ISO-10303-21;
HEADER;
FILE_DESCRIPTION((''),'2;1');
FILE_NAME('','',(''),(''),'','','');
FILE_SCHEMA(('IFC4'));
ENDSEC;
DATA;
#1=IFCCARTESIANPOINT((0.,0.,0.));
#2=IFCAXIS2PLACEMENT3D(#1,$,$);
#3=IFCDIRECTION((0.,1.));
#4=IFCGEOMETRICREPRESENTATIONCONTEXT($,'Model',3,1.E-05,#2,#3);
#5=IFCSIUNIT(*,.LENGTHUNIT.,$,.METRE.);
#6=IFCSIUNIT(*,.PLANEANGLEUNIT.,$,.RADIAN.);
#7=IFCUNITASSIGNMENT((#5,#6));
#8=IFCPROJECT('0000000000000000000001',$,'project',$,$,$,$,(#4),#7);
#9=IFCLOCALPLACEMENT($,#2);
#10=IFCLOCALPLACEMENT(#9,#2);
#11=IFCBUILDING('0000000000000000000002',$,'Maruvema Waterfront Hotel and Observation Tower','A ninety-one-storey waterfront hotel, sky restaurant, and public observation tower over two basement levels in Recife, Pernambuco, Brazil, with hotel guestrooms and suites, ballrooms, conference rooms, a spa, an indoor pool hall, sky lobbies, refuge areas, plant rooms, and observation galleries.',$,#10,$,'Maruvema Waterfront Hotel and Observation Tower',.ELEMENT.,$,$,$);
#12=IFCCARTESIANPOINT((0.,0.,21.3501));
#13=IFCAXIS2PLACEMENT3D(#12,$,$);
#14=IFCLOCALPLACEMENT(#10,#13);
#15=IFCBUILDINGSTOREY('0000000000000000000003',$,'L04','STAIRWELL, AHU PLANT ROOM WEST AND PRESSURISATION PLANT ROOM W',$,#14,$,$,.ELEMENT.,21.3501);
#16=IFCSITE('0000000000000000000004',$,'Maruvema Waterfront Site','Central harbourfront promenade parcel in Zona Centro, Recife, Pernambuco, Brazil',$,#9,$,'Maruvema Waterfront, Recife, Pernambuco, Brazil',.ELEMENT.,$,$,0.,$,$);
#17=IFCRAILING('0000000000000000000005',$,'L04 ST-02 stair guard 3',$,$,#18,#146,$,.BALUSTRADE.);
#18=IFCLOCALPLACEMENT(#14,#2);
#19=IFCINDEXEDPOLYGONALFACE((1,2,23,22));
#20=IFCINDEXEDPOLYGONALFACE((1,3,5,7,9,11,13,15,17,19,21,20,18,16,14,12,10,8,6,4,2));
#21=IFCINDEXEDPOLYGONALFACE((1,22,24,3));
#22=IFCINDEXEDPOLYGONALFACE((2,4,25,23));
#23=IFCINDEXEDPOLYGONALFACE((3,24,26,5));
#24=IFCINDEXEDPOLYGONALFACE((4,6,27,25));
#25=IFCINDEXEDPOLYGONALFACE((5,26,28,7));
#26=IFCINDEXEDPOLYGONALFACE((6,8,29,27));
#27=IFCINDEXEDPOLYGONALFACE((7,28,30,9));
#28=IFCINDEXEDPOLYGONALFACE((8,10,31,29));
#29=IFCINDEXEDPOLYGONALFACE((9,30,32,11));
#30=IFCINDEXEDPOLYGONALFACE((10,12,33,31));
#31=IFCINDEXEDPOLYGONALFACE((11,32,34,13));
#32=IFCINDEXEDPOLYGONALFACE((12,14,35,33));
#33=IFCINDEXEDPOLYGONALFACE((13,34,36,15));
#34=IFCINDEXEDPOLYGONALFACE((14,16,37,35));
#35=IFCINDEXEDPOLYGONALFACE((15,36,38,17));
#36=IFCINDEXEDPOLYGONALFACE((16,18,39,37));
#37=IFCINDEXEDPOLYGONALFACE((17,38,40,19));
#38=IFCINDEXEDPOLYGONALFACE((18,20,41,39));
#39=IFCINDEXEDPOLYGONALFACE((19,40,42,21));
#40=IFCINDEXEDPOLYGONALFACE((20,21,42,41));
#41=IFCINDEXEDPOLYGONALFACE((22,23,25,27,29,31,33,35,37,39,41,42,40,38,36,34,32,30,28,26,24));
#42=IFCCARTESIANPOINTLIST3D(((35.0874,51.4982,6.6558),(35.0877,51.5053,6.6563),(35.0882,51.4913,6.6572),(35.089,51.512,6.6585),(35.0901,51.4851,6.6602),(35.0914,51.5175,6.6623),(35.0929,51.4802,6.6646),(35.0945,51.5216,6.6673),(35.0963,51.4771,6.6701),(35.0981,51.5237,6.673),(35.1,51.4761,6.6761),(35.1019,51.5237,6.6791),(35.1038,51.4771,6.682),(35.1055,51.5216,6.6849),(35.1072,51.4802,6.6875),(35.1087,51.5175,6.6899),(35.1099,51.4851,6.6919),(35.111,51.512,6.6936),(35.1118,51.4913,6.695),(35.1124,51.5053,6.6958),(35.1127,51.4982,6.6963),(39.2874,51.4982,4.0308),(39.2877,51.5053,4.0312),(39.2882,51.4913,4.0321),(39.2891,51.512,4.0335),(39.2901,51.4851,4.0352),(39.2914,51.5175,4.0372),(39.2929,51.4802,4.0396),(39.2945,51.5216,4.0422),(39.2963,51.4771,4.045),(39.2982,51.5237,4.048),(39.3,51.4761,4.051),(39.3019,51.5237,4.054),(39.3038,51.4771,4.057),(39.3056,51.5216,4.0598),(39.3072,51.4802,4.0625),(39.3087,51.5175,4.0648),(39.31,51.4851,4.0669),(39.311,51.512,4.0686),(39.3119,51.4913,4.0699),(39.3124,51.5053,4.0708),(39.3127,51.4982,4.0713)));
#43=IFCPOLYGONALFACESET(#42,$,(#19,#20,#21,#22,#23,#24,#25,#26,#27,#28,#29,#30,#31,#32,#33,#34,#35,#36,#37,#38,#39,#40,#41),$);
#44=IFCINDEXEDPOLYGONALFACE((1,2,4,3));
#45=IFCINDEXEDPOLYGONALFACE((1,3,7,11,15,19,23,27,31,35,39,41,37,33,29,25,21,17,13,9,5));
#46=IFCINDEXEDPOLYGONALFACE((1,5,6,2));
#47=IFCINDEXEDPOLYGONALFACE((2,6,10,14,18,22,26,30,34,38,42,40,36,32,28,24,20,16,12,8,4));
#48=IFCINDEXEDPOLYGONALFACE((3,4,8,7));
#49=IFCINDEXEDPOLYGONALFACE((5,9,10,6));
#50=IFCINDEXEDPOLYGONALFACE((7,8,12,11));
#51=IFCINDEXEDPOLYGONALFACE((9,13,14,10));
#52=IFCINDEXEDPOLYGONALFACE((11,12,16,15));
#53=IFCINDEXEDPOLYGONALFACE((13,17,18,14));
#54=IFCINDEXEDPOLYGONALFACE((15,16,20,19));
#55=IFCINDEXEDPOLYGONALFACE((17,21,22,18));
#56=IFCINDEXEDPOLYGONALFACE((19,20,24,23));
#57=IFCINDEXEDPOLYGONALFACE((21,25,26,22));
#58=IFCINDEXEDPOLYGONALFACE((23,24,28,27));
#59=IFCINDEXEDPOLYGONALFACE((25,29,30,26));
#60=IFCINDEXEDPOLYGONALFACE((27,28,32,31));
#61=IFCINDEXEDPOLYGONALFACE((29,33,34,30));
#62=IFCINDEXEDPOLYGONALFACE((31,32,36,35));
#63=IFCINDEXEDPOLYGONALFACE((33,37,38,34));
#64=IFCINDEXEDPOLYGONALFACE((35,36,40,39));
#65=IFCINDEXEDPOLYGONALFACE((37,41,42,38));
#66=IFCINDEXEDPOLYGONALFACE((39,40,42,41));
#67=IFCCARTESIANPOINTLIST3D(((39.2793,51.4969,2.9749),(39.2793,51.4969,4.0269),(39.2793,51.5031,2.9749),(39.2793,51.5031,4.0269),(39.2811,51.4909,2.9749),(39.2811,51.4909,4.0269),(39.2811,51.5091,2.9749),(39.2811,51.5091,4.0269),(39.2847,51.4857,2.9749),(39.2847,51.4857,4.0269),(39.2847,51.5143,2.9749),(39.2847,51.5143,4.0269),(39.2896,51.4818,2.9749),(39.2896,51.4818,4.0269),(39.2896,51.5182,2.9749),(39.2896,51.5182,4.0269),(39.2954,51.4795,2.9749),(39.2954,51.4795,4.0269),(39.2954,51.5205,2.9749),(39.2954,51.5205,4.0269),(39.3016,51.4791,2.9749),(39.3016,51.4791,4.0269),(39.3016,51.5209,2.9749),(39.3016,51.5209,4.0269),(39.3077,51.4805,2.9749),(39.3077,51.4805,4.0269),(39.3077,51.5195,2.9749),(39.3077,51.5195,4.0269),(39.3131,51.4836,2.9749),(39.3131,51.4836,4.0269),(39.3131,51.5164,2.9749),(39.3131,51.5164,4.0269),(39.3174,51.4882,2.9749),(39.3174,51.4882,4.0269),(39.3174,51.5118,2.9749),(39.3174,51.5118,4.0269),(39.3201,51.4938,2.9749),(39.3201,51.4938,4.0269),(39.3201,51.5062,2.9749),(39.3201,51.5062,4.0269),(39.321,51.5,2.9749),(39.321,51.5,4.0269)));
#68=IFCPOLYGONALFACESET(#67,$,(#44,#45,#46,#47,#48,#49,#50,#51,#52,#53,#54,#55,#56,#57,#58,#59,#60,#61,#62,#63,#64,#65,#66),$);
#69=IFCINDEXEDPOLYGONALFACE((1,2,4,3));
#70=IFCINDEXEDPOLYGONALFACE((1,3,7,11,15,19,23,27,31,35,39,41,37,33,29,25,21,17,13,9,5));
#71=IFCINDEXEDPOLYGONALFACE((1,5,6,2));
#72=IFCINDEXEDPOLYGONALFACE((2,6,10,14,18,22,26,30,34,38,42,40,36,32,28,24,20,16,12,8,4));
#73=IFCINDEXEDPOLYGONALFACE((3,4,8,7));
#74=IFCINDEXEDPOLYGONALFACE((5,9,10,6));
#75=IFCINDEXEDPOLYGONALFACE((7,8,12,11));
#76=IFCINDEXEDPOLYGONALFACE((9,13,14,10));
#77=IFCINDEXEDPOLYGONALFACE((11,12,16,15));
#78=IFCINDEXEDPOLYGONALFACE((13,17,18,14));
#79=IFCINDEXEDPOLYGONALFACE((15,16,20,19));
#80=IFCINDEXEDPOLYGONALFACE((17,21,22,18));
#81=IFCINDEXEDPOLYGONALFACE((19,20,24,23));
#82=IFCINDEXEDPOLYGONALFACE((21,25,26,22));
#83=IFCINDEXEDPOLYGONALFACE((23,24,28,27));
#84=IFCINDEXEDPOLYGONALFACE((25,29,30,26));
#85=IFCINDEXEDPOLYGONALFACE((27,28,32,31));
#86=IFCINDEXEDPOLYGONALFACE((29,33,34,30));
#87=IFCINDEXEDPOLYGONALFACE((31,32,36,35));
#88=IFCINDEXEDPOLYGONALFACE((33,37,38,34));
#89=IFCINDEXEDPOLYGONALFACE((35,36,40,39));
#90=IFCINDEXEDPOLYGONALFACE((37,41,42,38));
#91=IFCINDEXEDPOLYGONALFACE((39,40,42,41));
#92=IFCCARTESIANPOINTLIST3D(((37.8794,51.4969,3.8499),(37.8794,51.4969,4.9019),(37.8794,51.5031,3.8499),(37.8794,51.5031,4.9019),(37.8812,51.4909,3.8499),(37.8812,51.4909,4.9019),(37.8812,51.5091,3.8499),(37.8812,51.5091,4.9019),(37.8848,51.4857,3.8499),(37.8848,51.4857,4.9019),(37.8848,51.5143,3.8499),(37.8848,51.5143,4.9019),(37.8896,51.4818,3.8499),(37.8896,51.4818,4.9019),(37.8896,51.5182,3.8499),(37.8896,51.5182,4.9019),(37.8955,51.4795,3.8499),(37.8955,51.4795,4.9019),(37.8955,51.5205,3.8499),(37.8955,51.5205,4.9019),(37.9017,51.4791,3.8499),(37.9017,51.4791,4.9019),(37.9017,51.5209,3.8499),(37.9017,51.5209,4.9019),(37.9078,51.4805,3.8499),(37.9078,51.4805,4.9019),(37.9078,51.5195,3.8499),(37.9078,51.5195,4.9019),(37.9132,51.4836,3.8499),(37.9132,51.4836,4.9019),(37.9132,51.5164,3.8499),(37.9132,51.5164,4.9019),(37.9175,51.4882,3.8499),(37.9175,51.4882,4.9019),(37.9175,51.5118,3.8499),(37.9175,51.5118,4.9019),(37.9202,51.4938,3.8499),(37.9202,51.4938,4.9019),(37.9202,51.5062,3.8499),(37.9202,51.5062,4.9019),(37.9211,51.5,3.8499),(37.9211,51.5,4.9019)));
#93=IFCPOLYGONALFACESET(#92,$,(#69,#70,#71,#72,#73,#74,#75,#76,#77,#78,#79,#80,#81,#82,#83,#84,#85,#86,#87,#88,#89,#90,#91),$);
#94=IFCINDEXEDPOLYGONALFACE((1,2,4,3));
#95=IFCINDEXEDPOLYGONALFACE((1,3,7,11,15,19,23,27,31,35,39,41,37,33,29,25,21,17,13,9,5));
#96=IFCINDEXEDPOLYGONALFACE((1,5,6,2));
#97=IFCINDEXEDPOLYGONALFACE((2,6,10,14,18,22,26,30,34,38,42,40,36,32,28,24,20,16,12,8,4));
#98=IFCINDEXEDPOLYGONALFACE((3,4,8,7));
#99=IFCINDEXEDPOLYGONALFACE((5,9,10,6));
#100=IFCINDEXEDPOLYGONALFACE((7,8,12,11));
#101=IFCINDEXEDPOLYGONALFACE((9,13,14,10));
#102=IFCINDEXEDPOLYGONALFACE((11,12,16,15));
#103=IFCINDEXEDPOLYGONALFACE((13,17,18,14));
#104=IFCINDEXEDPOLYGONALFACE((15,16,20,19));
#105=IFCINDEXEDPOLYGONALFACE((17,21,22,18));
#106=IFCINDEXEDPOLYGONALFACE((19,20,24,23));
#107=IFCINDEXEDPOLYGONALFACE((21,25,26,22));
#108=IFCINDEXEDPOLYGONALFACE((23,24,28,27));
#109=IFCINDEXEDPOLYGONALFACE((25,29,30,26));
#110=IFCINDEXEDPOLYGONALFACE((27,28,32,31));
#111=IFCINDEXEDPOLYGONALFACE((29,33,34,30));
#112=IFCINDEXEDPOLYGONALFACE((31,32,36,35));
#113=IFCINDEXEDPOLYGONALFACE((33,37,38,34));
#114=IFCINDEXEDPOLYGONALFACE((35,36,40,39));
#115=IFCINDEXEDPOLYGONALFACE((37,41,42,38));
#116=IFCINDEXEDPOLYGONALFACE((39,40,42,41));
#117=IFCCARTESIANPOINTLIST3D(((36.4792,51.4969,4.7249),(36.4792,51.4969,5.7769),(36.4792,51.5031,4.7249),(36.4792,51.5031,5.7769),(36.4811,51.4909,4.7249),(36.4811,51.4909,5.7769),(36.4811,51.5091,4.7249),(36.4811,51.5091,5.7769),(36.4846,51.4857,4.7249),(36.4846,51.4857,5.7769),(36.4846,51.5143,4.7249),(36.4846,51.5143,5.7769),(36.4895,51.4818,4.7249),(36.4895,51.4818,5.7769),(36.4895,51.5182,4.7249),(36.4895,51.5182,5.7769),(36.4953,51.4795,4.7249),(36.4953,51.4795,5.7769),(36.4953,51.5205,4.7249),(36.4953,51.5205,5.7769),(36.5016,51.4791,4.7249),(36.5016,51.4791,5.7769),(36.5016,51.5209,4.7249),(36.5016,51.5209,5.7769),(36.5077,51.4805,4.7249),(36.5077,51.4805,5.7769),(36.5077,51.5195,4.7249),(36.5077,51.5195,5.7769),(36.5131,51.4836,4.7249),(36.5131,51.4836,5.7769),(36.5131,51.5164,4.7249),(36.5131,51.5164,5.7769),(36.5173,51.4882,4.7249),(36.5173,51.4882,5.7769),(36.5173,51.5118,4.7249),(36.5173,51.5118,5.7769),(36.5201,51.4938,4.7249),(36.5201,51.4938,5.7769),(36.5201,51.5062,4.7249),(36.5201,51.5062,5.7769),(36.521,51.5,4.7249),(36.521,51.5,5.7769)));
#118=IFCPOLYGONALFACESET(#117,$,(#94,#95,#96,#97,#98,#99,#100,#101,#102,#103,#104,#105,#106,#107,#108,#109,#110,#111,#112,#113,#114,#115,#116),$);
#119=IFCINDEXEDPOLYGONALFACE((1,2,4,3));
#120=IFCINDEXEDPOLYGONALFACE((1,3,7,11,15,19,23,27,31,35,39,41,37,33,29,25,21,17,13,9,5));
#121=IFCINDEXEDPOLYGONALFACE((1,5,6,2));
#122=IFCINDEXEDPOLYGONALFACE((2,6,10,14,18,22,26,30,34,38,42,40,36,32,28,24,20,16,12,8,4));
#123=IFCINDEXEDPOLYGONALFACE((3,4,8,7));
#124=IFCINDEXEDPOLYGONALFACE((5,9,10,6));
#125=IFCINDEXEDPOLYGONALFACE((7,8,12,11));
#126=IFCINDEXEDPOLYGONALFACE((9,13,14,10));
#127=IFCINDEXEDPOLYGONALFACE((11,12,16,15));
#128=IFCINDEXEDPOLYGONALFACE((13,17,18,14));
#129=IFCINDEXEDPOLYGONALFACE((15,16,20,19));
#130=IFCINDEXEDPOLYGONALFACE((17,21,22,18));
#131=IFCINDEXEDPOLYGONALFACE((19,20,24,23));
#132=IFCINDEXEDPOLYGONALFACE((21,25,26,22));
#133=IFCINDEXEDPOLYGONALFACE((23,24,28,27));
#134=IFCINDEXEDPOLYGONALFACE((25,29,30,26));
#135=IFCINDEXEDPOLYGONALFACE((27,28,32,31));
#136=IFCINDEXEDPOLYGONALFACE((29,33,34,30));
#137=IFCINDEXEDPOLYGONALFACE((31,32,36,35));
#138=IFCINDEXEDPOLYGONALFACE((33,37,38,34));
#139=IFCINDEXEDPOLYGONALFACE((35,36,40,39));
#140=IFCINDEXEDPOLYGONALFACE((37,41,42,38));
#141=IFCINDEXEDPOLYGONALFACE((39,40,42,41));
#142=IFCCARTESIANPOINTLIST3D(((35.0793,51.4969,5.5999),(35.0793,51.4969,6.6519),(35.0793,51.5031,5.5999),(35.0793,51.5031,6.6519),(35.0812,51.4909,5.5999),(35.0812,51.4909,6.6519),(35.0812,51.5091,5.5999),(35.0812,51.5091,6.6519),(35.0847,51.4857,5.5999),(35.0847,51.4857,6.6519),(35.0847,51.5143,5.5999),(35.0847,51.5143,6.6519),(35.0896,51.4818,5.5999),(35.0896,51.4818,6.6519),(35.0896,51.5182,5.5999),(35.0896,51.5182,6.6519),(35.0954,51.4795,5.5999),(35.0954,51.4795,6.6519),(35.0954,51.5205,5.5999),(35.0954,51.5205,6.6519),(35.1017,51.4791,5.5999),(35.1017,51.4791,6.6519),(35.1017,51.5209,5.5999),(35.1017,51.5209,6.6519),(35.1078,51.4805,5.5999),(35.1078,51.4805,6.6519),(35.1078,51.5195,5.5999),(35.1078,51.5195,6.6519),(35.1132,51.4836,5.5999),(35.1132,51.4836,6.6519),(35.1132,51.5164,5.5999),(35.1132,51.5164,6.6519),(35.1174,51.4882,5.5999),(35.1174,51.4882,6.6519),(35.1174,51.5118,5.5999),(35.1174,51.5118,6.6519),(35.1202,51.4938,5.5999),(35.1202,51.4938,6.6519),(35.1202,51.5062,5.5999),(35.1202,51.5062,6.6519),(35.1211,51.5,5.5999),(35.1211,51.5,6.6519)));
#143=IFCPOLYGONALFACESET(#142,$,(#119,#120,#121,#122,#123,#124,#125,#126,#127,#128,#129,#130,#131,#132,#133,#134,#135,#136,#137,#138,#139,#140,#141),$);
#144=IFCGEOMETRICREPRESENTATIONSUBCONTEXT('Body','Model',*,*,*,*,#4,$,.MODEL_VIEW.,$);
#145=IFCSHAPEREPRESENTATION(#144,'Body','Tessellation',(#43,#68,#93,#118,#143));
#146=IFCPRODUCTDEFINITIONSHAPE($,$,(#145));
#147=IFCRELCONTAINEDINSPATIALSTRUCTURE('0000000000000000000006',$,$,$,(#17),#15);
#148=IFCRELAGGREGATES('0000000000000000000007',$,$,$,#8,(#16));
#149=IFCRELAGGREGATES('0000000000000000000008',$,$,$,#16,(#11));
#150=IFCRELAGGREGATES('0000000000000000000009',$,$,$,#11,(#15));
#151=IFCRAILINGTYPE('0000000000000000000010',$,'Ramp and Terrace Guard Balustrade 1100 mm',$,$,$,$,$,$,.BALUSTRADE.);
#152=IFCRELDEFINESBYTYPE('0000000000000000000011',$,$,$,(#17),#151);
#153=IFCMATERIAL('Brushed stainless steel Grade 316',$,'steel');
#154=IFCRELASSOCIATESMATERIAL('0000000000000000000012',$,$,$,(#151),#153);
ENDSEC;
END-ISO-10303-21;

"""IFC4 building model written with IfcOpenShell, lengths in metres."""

from ifc_helpers import new_model, si_unit, direction, frame, origin, origin_2d, place, context, subcontext, project, spatial, circle, extrude, material, type_object, element, save


model = new_model("IFC4")

# Units and contexts
model_context = context("Model", 3, precision=1e-05, world=origin(), true_north=direction((0.0, 1.0)))
body_context = subcontext(model_context, "Body", "Model", "MODEL_VIEW")
ifc_project = project(units=[si_unit("LENGTHUNIT", "METRE"), si_unit("PLANEANGLEUNIT", "RADIAN")], contexts=[model_context])

# Site, building, storey
site_placement = place(None, origin())
site = spatial("IfcSite", under=ifc_project, at=site_placement, Name="Maruvema Waterfront Site", Description="Central harbourfront promenade parcel in Zona Centro, Recife, Pernambuco, Brazil", LongName="Maruvema Waterfront, Recife, Pernambuco, Brazil", CompositionType="ELEMENT", RefElevation=0.0)
building_placement = place(site_placement, origin())
building = spatial("IfcBuilding", under=site, at=building_placement, Name="Maruvema Waterfront Hotel and Observation Tower", Description="A ninety-one-storey waterfront hotel, sky restaurant, and public observation tower over two basement levels in Recife, Pernambuco, Brazil, with hotel guestrooms and suites, ballrooms, conference rooms, a spa, an indoor pool hall, sky lobbies, refuge areas, plant rooms, and observation galleries.", LongName="Maruvema Waterfront Hotel and Observation Tower", CompositionType="ELEMENT")
storey_placement = place(building_placement, frame((0.0, 0.0, 21.3501)))
storey = spatial("IfcBuildingStorey", under=building, at=storey_placement, Name="L04", Description="STAIRWELL, AHU PLANT ROOM WEST AND PRESSURISATION PLANT ROOM W", CompositionType="ELEMENT", Elevation=21.3501)

# Railing
ifc_material_1 = material(Name="Brushed stainless steel Grade 316", Category="steel")
railing_type_1 = type_object("IfcRailingType", Name="Ramp and Terrace Guard Balustrade 1100 mm", PredefinedType="BALUSTRADE", material=ifc_material_1)
railing_1_placement = place(storey_placement, frame((39.3, 51.5, 2.9749)))
element("IfcRailing", 1, at=railing_1_placement, inside=storey, type_object=railing_type_1, Name="L04 ST-02 stair guard 3", PredefinedType="BALUSTRADE", context=body_context, shape_type="SweptSolid", body=[
    extrude(circle(Radius=0.0239, at=origin_2d()), frame((0.0, 0.0, 1.0762), z_axis=(-0.847996, 0.0, 0.530003), x_axis=(0.0, -1.0, 0.0)), (0.0, 0.0, 1.0), 4.9529),
    extrude(circle(Radius=0.021, at=origin_2d()), origin(), (0.0, 0.0, 1.0), 1.052),
    extrude(circle(Radius=0.021, at=origin_2d()), frame((-1.3999, 0.0, 0.875)), (0.0, 0.0, 1.0), 1.052),
    extrude(circle(Radius=0.021, at=origin_2d()), frame((-2.8, 0.0, 1.75)), (0.0, 0.0, 1.0), 1.052),
    extrude(circle(Radius=0.021, at=origin_2d()), frame((-4.2, 0.0, 2.625)), (0.0, 0.0, 1.0), 1.052),
])

save(model, "model.ifc")
